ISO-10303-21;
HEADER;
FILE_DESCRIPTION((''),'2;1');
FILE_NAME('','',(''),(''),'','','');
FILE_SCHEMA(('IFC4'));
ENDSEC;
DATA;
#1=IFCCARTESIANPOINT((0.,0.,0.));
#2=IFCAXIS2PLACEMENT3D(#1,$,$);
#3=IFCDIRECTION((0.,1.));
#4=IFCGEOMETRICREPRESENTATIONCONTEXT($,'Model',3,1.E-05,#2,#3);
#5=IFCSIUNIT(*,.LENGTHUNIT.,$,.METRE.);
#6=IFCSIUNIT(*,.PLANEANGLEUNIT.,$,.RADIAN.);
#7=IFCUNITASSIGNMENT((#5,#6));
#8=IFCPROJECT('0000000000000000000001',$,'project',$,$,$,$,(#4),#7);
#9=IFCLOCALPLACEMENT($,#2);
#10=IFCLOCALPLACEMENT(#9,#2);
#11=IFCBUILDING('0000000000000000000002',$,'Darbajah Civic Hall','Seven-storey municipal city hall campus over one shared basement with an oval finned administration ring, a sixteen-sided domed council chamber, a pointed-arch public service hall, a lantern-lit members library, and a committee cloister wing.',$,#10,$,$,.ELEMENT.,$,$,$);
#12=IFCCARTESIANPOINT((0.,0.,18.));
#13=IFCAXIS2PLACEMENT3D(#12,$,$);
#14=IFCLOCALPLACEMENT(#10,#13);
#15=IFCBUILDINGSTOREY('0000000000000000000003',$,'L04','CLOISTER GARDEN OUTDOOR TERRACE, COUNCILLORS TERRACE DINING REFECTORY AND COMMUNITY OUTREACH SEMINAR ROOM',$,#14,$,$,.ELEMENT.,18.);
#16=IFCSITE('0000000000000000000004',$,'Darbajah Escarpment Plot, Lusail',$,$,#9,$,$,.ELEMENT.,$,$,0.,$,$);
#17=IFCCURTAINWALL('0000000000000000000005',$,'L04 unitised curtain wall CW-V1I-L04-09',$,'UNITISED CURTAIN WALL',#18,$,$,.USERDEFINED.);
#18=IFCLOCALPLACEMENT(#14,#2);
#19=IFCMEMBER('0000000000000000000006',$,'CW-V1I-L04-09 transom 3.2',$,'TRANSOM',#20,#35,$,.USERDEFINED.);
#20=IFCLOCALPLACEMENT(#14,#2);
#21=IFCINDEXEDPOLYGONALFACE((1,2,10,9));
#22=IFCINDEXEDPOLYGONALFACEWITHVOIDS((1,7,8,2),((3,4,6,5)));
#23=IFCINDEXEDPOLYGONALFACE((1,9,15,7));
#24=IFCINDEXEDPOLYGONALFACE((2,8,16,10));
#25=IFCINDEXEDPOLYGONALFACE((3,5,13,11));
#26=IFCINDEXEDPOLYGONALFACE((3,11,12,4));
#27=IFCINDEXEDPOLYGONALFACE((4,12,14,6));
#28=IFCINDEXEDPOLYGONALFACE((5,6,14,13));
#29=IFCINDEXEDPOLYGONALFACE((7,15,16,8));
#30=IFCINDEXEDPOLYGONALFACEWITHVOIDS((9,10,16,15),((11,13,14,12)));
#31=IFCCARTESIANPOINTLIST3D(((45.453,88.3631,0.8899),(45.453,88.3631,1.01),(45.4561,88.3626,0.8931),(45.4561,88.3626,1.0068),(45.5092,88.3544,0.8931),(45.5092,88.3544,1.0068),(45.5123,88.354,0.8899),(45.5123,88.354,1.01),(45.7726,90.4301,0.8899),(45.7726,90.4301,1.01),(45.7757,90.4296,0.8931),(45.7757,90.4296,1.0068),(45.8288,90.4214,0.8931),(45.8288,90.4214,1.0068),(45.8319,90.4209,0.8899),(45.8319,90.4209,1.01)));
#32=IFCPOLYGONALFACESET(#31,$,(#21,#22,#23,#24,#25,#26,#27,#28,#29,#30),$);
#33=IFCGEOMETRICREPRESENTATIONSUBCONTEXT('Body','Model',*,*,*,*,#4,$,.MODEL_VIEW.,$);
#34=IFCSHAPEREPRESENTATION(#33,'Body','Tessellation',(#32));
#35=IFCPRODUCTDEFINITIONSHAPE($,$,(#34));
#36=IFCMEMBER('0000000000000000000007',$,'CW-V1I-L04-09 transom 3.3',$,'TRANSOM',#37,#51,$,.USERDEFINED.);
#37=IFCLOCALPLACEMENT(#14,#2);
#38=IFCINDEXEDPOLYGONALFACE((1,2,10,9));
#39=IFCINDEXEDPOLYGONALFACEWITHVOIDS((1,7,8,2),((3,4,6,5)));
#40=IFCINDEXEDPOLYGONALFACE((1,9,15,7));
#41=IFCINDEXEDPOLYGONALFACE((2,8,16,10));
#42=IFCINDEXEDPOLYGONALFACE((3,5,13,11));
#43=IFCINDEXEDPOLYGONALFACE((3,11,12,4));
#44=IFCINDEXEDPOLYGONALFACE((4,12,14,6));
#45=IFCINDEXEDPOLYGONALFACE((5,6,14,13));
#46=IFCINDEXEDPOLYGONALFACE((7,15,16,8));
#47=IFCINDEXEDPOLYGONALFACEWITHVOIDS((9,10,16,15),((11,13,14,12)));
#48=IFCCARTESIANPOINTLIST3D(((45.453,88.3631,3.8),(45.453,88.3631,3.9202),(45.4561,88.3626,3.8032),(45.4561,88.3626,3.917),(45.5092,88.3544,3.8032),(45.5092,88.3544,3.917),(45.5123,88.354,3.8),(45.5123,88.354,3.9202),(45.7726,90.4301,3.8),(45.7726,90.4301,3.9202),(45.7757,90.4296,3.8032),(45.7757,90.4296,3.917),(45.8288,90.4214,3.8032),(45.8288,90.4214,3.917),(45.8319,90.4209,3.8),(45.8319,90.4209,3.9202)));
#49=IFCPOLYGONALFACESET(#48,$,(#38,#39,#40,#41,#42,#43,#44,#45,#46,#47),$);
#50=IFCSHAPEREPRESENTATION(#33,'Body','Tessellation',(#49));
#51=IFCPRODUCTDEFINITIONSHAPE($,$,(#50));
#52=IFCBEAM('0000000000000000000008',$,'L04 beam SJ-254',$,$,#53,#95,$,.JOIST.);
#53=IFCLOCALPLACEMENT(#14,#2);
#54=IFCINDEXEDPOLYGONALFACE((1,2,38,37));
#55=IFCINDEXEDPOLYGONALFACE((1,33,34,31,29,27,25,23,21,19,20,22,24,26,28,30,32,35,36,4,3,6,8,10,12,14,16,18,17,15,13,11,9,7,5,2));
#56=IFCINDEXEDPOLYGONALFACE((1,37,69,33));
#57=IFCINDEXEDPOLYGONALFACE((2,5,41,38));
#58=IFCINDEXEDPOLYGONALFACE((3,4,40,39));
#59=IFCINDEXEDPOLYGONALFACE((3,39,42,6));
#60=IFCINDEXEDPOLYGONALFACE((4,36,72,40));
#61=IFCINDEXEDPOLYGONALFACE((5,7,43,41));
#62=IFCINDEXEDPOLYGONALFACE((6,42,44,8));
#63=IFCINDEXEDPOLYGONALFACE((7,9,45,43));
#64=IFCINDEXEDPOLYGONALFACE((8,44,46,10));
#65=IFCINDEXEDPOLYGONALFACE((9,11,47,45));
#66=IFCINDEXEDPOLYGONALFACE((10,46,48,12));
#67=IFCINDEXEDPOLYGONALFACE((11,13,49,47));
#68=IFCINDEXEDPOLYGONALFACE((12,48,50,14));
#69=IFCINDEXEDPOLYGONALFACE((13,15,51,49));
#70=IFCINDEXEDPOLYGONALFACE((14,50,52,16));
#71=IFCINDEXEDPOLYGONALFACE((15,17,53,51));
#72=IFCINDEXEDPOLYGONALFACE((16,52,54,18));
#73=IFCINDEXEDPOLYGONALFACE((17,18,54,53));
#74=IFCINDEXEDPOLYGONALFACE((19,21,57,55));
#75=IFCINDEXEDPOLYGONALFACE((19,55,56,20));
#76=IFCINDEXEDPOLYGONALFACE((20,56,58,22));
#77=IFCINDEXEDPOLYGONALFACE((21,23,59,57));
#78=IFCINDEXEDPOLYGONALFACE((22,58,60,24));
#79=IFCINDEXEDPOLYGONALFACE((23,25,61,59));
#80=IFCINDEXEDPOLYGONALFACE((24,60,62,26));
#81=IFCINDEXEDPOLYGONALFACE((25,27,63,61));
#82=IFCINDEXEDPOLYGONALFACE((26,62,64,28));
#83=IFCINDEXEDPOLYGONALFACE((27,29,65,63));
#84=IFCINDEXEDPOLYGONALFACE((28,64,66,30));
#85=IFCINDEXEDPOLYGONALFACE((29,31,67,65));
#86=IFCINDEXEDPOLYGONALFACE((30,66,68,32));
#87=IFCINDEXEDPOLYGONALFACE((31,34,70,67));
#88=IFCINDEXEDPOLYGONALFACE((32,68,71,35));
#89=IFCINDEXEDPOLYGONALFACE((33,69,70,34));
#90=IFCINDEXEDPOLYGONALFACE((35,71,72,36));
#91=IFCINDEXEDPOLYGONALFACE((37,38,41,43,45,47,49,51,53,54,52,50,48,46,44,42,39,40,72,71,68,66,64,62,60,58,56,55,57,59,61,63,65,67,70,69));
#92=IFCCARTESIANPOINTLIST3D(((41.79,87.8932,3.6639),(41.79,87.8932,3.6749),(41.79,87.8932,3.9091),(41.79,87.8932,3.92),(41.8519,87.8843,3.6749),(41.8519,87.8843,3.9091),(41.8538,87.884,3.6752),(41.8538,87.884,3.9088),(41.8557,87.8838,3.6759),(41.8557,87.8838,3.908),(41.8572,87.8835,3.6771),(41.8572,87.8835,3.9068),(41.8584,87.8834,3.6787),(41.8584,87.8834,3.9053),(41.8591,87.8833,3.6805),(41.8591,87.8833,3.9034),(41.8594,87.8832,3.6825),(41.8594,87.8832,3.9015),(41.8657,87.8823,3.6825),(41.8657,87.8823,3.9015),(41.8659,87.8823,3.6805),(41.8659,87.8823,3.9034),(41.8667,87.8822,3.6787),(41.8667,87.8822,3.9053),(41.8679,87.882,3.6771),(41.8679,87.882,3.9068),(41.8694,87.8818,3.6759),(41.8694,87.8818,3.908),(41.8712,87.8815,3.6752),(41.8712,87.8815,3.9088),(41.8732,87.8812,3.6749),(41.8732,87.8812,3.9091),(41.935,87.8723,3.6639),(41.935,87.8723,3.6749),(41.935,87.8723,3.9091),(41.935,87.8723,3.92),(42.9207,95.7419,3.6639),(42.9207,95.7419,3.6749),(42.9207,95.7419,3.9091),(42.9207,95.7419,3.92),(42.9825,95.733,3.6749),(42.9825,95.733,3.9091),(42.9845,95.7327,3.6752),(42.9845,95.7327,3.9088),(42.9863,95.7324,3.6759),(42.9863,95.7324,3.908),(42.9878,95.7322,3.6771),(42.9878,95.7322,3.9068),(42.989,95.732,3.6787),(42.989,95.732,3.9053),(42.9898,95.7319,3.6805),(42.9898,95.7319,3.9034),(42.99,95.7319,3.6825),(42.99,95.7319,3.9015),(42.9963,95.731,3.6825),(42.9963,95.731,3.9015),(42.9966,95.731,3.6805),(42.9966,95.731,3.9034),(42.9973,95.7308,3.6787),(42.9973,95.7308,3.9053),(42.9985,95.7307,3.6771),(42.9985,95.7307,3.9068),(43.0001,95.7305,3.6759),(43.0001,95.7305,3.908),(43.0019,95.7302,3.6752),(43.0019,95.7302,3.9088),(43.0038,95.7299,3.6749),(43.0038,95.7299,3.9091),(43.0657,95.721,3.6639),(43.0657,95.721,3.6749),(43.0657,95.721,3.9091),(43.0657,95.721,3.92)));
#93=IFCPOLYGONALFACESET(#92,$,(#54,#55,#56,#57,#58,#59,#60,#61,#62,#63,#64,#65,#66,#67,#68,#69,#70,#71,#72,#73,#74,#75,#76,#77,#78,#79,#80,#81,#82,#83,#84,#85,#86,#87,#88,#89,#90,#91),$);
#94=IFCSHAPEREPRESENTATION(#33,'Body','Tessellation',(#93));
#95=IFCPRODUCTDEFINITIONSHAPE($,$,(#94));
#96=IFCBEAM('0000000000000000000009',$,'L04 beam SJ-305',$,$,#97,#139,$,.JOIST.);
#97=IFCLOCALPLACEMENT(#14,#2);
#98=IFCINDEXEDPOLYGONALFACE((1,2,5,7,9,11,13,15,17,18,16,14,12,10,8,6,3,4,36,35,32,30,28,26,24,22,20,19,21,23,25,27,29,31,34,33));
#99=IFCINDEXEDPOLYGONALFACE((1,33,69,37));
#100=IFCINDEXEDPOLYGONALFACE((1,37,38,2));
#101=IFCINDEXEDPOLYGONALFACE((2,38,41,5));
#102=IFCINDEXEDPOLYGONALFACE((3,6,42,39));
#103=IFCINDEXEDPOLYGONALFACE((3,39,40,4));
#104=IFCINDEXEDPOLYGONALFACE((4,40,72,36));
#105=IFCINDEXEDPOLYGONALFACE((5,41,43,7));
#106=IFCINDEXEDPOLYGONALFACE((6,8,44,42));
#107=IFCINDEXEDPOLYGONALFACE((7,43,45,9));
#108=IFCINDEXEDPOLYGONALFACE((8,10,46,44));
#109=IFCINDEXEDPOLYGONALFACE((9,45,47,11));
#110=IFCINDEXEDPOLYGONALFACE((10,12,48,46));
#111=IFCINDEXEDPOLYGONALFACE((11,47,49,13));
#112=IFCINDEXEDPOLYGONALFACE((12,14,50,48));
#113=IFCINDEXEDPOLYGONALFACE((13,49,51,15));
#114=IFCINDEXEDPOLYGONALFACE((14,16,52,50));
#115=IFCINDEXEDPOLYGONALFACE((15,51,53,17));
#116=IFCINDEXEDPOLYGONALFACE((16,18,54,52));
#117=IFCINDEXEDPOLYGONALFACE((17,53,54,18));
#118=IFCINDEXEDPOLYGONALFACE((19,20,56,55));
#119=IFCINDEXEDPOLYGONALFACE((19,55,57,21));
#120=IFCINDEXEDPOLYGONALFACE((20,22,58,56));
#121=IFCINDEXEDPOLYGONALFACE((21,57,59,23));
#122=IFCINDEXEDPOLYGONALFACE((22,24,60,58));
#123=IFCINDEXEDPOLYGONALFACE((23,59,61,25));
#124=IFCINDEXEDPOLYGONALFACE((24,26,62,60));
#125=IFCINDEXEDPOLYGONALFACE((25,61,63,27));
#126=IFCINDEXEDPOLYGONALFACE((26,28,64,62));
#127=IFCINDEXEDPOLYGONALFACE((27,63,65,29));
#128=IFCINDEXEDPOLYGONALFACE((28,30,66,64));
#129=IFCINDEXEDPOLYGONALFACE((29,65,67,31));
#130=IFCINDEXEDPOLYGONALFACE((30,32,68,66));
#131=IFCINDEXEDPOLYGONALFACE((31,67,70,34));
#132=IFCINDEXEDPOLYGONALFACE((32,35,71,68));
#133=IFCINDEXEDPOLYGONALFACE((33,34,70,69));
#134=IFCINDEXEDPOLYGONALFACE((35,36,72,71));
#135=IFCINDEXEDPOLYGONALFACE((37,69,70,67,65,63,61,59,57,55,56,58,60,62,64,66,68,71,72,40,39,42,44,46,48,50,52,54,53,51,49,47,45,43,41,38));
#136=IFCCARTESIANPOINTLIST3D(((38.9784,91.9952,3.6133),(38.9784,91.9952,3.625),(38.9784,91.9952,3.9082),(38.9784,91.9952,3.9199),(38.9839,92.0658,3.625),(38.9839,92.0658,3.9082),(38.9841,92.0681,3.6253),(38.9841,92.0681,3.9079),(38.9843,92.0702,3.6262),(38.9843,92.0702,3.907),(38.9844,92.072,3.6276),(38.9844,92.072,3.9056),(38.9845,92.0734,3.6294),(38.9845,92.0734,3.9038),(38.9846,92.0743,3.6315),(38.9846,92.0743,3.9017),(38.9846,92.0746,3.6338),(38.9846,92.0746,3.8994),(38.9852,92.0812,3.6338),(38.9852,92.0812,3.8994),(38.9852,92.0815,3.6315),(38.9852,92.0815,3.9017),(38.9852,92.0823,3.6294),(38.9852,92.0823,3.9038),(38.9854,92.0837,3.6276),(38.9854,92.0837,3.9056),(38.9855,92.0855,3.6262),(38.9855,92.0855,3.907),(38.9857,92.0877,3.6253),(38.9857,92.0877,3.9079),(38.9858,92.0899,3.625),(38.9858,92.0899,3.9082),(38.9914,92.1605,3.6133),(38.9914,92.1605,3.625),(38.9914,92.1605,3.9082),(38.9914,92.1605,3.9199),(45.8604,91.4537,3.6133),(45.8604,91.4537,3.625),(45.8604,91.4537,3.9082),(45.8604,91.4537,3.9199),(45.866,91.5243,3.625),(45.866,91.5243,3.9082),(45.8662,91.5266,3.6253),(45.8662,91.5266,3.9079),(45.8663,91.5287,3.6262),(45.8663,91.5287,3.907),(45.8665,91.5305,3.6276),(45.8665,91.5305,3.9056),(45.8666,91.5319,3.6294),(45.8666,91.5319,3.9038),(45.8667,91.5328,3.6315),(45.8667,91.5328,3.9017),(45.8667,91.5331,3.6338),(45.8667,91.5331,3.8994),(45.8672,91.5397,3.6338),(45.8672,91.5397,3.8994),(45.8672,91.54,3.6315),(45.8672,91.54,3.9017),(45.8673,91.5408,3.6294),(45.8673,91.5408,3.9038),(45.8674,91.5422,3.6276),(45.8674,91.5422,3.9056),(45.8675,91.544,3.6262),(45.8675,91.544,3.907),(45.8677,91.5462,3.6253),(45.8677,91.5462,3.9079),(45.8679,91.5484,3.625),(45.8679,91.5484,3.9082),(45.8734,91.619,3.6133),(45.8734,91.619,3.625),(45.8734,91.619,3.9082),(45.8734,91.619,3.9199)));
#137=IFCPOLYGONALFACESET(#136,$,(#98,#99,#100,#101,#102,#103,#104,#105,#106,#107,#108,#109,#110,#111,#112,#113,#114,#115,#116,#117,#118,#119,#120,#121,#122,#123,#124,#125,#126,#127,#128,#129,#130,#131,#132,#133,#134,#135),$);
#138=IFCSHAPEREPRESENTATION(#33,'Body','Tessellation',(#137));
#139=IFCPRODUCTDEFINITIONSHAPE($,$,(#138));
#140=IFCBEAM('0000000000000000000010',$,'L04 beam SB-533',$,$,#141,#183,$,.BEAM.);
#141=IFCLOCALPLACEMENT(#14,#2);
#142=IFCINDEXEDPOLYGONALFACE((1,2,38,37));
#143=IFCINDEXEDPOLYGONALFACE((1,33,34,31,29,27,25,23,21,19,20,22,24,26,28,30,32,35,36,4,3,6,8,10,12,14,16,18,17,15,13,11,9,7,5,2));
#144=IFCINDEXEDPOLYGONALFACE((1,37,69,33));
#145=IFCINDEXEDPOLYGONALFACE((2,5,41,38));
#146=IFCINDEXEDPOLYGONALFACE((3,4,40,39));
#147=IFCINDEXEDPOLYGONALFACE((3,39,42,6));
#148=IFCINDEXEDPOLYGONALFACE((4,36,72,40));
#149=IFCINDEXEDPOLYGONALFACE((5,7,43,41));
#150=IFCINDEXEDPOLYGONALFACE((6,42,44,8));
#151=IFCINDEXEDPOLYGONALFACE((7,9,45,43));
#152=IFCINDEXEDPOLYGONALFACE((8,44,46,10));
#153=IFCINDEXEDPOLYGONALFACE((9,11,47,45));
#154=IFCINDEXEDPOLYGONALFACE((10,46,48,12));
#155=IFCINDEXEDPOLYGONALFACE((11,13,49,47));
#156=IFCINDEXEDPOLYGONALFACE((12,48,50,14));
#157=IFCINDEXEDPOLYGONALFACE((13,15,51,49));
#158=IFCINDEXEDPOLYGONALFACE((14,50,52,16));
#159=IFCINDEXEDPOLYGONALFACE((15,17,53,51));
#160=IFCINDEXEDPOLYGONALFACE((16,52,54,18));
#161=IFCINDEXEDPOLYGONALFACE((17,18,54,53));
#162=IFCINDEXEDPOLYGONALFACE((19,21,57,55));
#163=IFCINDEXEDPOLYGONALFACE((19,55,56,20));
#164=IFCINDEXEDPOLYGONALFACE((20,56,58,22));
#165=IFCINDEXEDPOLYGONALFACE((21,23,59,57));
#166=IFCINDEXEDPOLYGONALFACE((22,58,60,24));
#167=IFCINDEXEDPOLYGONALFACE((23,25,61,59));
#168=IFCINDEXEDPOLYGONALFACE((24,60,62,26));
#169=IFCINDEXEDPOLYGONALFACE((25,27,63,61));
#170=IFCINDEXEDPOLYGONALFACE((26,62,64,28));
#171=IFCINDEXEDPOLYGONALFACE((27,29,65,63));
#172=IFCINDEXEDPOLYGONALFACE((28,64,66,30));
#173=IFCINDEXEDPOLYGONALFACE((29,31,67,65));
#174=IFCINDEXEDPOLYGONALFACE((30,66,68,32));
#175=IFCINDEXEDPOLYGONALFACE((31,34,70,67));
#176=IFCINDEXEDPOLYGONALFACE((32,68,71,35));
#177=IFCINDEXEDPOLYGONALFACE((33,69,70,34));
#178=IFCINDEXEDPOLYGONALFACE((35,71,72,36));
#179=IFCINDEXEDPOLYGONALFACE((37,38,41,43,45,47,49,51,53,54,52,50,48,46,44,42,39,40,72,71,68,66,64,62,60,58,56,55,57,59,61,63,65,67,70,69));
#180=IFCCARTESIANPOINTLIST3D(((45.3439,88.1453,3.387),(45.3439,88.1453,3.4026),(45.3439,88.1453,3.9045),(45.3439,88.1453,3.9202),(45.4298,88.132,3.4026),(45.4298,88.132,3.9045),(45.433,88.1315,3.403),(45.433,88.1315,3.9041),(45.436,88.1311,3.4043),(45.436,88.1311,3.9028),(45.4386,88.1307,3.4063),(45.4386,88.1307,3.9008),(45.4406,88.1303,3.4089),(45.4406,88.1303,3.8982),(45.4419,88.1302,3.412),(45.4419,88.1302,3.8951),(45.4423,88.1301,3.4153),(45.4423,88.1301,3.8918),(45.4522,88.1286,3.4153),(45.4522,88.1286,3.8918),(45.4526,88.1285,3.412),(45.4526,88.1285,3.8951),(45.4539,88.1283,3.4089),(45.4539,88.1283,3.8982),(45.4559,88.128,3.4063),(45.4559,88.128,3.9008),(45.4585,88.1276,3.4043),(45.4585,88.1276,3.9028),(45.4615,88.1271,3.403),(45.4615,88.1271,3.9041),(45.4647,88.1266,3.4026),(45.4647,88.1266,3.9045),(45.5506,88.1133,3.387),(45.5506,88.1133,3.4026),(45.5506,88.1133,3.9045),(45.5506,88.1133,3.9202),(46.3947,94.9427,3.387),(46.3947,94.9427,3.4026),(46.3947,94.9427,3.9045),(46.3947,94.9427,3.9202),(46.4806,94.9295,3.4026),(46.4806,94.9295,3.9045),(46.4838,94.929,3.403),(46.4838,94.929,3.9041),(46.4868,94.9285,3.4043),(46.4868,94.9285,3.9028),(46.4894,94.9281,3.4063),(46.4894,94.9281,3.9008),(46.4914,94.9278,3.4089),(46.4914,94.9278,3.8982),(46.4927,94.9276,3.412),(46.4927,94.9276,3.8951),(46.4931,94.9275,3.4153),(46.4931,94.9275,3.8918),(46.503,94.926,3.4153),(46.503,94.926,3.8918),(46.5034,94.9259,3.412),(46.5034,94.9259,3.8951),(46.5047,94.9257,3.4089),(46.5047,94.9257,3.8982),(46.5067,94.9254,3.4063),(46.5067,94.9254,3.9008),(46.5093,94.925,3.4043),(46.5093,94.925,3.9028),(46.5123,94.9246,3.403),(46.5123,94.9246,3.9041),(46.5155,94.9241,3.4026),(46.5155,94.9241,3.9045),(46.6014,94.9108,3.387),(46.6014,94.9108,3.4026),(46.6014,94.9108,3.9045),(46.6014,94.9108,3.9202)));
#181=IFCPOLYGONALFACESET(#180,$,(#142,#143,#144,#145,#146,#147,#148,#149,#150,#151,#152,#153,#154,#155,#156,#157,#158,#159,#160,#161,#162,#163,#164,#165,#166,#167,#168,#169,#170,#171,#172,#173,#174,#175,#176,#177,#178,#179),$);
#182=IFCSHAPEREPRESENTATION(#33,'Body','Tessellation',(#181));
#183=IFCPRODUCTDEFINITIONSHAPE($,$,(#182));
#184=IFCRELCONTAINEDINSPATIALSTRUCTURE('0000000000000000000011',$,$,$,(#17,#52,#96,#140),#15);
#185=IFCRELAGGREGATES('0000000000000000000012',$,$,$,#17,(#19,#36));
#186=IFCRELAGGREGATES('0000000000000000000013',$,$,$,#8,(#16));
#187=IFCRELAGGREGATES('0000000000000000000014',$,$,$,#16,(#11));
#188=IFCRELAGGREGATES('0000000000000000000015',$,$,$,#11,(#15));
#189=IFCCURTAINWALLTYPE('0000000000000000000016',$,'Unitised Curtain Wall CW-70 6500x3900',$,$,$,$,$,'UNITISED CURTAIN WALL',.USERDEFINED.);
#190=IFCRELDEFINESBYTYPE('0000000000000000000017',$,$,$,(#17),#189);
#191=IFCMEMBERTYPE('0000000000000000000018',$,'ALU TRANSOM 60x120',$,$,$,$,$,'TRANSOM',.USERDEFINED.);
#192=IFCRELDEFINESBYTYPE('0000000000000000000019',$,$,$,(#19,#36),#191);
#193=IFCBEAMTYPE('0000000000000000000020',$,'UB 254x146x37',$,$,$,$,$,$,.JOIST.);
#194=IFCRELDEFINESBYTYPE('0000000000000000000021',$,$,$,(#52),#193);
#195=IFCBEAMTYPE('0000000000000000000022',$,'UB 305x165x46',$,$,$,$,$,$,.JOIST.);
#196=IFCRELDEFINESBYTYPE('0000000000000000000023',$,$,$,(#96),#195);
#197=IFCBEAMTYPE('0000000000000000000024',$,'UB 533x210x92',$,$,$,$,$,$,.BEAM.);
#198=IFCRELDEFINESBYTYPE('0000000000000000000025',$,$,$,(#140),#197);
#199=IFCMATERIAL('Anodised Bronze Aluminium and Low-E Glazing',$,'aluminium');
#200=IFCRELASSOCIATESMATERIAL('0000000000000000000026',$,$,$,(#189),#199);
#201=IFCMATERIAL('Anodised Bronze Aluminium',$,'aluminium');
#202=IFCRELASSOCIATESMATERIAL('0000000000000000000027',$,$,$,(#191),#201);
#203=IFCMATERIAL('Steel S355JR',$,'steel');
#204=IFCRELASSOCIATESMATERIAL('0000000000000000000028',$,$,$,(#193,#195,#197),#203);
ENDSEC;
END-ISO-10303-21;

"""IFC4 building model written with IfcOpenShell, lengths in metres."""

from ifc_helpers import new_model, si_unit, direction, frame, origin, origin_2d, place, context, subcontext, project, spatial, hollow_rectangle, i_section, extrude, material, material_profile, profile_set, type_object, element, aggregate, save


model = new_model("IFC4")

# Units and contexts
model_context = context("Model", 3, precision=1e-05, world=origin(), true_north=direction((0.0, 1.0)))
body_context = subcontext(model_context, "Body", "Model", "MODEL_VIEW")
ifc_project = project(units=[si_unit("LENGTHUNIT", "METRE"), si_unit("PLANEANGLEUNIT", "RADIAN")], contexts=[model_context])

# Site, building, storey
site_placement = place(None, origin())
site = spatial("IfcSite", under=ifc_project, at=site_placement, Name="Darbajah Escarpment Plot, Lusail", CompositionType="ELEMENT", RefElevation=0.0)
building_placement = place(site_placement, origin())
building = spatial("IfcBuilding", under=site, at=building_placement, Name="Darbajah Civic Hall", Description="Seven-storey municipal city hall campus over one shared basement with an oval finned administration ring, a sixteen-sided domed council chamber, a pointed-arch public service hall, a lantern-lit members library, and a committee cloister wing.", CompositionType="ELEMENT")
storey_placement = place(building_placement, frame((0.0, 0.0, 18.0)))
storey = spatial("IfcBuildingStorey", under=building, at=storey_placement, Name="L04", Description="CLOISTER GARDEN OUTDOOR TERRACE, COUNCILLORS TERRACE DINING REFECTORY AND COMMUNITY OUTREACH SEMINAR ROOM", CompositionType="ELEMENT", Elevation=18.0)

# Curtain wall, members
ifc_material_1 = material(Name="Anodised Bronze Aluminium and Low-E Glazing", Category="aluminium")
curtain_wall_type = type_object("IfcCurtainWallType", Name="Unitised Curtain Wall CW-70 6500x3900", ElementType="UNITISED CURTAIN WALL", PredefinedType="USERDEFINED", material=ifc_material_1)
curtain_wall_placement = place(storey_placement, origin())
curtain_wall = element("IfcCurtainWall", 1, at=curtain_wall_placement, inside=storey, type_object=curtain_wall_type, Name="L04 unitised curtain wall CW-V1I-L04-09", ObjectType="UNITISED CURTAIN WALL", PredefinedType="USERDEFINED")
ifc_material_2 = material(Name="Anodised Bronze Aluminium", Category="aluminium")
ifc_material_profile_1 = material_profile(ifc_material_2, hollow_rectangle(XDim=0.0601, YDim=0.1201, WallThickness=0.0032, at=origin_2d()), Name="ALU TRANSOM 60x120")
ifc_profile_set_1 = profile_set([ifc_material_profile_1], Name="Anodised Bronze Aluminium")
member_type_1 = type_object("IfcMemberType", Name="ALU TRANSOM 60x120", ElementType="TRANSOM", PredefinedType="USERDEFINED", material=ifc_profile_set_1)
member_1_placement = place(storey_placement, frame((45.8022, 90.4255, 0.95), z_axis=(-0.152803, -0.988257, 0.0), x_axis=(0.988257, -0.152803, 0.0)))
member_1 = element("IfcMember", 2, at=member_1_placement, type_object=member_type_1, Name="CW-V1I-L04-09 transom 3.2", ObjectType="TRANSOM", PredefinedType="USERDEFINED", context=body_context, shape_type="SweptSolid", body=[
    extrude(hollow_rectangle(XDim=0.0601, YDim=0.1201, WallThickness=0.0032, at=origin_2d()), origin(), (0.0, 0.0, 1.0), 2.0916),
])
member_2_placement = place(storey_placement, frame((45.8022, 90.4255, 3.8601), z_axis=(-0.152803, -0.988257, 0.0), x_axis=(0.988257, -0.152803, 0.0)))
member_2 = element("IfcMember", 3, at=member_2_placement, type_object=member_type_1, Name="CW-V1I-L04-09 transom 3.3", ObjectType="TRANSOM", PredefinedType="USERDEFINED", context=body_context, shape_type="SweptSolid", body=[
    extrude(hollow_rectangle(XDim=0.0601, YDim=0.1201, WallThickness=0.0032, at=origin_2d()), origin(), (0.0, 0.0, 1.0), 2.0916),
])

# Beams
ifc_material_3 = material(Name="Steel S355JR", Category="steel")
ifc_material_profile_2 = material_profile(ifc_material_3, i_section(OverallWidth=0.1465, OverallDepth=0.2561, WebThickness=0.0063, FlangeThickness=0.011, FilletRadius=0.0076, at=origin_2d()), Name="UB 254x146x37")
ifc_profile_set_2 = profile_set([ifc_material_profile_2], Name="Steel S355JR")
beam_type_1 = type_object("IfcBeamType", Name="UB 254x146x37", PredefinedType="JOIST", material=ifc_profile_set_2)
beam_1_placement = place(storey_placement, frame((42.9932, 95.7314, 3.792), z_axis=(-0.142581, -0.989783, 0.0), x_axis=(0.989783, -0.142581, 0.0)))
element("IfcBeam", 4, at=beam_1_placement, inside=storey, type_object=beam_type_1, Name="L04 beam SJ-254", PredefinedType="JOIST", context=body_context, shape_type="SweptSolid", body=[
    extrude(i_section(OverallWidth=0.1465, OverallDepth=0.2561, WebThickness=0.0063, FlangeThickness=0.011, FilletRadius=0.0076, at=origin_2d()), origin(), (0.0, 0.0, 1.0), 7.9297),
])
ifc_material_profile_3 = material_profile(ifc_material_3, i_section(OverallWidth=0.1658, OverallDepth=0.3066, WebThickness=0.0066, FlangeThickness=0.0117, FilletRadius=0.0088, at=origin_2d()), Name="UB 305x165x46")
ifc_profile_set_3 = profile_set([ifc_material_profile_3], Name="Steel S355JR")
beam_type_2 = type_object("IfcBeamType", Name="UB 305x165x46", PredefinedType="JOIST", material=ifc_profile_set_3)
beam_2_placement = place(storey_placement, frame((45.8669, 91.5364, 3.7666), z_axis=(-0.996919, 0.078441, 0.0), x_axis=(-0.078441, -0.996919, 0.0)))
element("IfcBeam", 5, at=beam_2_placement, inside=storey, type_object=beam_type_2, Name="L04 beam SJ-305", PredefinedType="JOIST", context=body_context, shape_type="SweptSolid", body=[
    extrude(i_section(OverallWidth=0.1658, OverallDepth=0.3066, WebThickness=0.0066, FlangeThickness=0.0117, FilletRadius=0.0088, at=origin_2d()), origin(), (0.0, 0.0, 1.0), 6.9033),
])
ifc_material_profile_4 = material_profile(ifc_material_3, i_section(OverallWidth=0.2092, OverallDepth=0.5332, WebThickness=0.01, FlangeThickness=0.0156, FilletRadius=0.0127, at=origin_2d()), Name="UB 533x210x92")
ifc_profile_set_4 = profile_set([ifc_material_profile_4], Name="Steel S355JR")
beam_type_3 = type_object("IfcBeamType", Name="UB 533x210x92", PredefinedType="BEAM", material=ifc_profile_set_4)
beam_3_placement = place(storey_placement, frame((46.498, 94.9268, 3.6536), z_axis=(-0.152772, -0.988261, 0.0), x_axis=(0.988261, -0.152772, 0.0)))
element("IfcBeam", 6, at=beam_3_placement, inside=storey, type_object=beam_type_3, Name="L04 beam SB-533", PredefinedType="BEAM", context=body_context, shape_type="SweptSolid", body=[
    extrude(i_section(OverallWidth=0.2092, OverallDepth=0.5332, WebThickness=0.01, FlangeThickness=0.0156, FilletRadius=0.0127, at=origin_2d()), origin(), (0.0, 0.0, 1.0), 6.8782),
])

aggregate(curtain_wall, [member_1, member_2])

save(model, "model.ifc")
